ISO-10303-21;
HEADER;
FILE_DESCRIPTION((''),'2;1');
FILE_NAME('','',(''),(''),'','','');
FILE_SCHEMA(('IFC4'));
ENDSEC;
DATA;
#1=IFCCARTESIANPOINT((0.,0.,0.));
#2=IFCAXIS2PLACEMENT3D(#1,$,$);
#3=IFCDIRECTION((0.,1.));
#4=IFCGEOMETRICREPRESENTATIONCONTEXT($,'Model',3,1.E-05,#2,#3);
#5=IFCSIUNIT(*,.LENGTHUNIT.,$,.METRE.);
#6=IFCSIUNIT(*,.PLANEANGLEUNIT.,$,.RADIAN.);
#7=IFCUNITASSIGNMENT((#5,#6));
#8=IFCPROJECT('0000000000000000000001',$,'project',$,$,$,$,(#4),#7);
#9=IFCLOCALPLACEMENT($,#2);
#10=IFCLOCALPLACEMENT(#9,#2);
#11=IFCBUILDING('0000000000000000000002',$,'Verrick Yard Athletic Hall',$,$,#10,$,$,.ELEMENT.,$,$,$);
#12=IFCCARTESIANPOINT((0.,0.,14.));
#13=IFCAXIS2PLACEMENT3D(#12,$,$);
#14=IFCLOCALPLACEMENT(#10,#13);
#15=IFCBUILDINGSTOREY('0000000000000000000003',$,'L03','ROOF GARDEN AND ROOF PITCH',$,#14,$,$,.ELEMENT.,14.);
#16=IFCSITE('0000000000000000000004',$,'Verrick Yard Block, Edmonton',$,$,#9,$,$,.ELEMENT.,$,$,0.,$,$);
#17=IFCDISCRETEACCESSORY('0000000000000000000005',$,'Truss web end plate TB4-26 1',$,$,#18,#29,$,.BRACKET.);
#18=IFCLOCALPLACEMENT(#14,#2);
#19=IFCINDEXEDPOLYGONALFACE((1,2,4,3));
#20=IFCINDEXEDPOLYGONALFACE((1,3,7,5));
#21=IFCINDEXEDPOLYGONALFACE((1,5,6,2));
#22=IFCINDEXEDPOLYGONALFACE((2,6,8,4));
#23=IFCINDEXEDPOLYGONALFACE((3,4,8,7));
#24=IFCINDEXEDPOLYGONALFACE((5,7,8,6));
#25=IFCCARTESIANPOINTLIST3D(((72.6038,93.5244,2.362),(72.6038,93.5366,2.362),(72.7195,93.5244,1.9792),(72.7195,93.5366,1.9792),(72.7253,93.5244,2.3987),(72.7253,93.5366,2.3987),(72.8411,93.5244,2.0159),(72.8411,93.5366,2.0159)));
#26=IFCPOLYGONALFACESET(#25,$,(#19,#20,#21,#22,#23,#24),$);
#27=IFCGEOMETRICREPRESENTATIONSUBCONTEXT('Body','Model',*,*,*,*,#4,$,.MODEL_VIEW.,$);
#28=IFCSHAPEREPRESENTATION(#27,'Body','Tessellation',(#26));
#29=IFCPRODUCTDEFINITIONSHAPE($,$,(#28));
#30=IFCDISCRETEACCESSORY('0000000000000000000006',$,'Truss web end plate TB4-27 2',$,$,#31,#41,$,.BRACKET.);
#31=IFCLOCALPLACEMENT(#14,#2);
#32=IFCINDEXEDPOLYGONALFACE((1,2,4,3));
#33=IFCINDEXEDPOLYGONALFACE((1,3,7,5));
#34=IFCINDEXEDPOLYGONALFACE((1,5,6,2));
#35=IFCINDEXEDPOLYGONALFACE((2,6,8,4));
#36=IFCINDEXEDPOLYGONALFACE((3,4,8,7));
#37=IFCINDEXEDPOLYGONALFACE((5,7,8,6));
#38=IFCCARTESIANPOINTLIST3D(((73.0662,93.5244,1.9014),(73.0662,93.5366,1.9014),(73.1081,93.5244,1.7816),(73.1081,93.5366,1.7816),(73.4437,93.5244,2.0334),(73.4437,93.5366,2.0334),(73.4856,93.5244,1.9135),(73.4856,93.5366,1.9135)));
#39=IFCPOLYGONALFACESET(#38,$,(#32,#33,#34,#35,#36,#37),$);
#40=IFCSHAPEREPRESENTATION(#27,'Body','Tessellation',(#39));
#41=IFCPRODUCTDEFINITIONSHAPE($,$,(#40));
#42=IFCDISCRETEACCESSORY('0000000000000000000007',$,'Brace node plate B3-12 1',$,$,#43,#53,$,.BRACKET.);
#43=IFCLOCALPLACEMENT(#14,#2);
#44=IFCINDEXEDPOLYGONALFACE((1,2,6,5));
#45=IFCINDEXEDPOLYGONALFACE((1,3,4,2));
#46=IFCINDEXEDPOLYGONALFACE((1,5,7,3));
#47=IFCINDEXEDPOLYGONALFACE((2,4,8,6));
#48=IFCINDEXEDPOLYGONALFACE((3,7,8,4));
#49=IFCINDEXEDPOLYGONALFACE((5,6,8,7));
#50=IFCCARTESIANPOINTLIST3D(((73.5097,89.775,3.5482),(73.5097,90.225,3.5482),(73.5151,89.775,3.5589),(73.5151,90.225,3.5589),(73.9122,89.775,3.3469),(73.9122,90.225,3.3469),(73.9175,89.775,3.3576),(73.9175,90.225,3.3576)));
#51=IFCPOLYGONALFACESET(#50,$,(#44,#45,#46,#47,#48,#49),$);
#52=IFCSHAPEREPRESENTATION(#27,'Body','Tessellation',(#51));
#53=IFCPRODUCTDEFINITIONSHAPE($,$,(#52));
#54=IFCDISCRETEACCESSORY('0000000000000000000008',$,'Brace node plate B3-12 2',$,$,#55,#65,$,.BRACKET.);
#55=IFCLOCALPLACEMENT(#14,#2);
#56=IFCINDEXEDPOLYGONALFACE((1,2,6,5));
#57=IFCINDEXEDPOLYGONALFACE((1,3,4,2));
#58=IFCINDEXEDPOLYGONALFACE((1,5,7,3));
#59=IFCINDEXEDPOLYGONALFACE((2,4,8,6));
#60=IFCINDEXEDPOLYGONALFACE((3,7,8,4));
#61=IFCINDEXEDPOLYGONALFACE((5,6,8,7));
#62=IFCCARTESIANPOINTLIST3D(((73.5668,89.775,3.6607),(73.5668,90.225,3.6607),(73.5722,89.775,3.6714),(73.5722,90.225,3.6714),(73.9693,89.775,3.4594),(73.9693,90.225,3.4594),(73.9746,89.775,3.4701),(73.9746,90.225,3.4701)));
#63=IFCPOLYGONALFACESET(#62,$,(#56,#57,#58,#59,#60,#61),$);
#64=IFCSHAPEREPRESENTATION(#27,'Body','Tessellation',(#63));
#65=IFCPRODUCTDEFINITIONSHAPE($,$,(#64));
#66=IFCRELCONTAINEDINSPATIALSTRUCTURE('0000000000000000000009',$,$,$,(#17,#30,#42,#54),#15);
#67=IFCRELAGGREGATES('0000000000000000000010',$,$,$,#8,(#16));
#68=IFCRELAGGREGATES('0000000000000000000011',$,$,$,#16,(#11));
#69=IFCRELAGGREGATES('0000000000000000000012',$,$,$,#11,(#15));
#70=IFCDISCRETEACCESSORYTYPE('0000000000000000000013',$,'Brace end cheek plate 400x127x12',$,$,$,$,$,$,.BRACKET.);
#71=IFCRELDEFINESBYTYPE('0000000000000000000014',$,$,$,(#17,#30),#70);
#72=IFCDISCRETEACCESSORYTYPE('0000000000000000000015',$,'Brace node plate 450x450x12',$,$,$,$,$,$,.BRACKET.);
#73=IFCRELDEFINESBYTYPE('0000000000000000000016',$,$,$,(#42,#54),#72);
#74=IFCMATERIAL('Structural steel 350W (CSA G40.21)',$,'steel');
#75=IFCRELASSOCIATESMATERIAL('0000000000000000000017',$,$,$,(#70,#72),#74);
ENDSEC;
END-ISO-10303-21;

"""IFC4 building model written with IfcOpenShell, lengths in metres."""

from ifc_helpers import new_model, si_unit, direction, frame, origin, origin_2d, place, context, subcontext, project, spatial, rectangle, extrude, material, material_profile, profile_set, type_object, element, save


model = new_model("IFC4")

# Units and contexts
model_context = context("Model", 3, precision=1e-05, world=origin(), true_north=direction((0.0, 1.0)))
body_context = subcontext(model_context, "Body", "Model", "MODEL_VIEW")
ifc_project = project(units=[si_unit("LENGTHUNIT", "METRE"), si_unit("PLANEANGLEUNIT", "RADIAN")], contexts=[model_context])

# Site, building, storey
site_placement = place(None, origin())
site = spatial("IfcSite", under=ifc_project, at=site_placement, Name="Verrick Yard Block, Edmonton", CompositionType="ELEMENT", RefElevation=0.0)
building_placement = place(site_placement, origin())
building = spatial("IfcBuilding", under=site, at=building_placement, Name="Verrick Yard Athletic Hall", CompositionType="ELEMENT")
storey_placement = place(building_placement, frame((0.0, 0.0, 14.0)))
storey = spatial("IfcBuildingStorey", under=building, at=storey_placement, Name="L03", Description="ROOF GARDEN AND ROOF PITCH", CompositionType="ELEMENT", Elevation=14.0)

# Discrete accessories
ifc_material_1 = material(Name="Structural steel 350W (CSA G40.21)", Category="steel")
ifc_material_profile_1 = material_profile(ifc_material_1, rectangle(XDim=0.3999, YDim=0.127, at=origin_2d()), Name="Brace end cheek plate")
ifc_profile_set_1 = profile_set([ifc_material_profile_1], Name="Structural steel 350W (CSA G40.21)")
discrete_accessory_type_1 = type_object("IfcDiscreteAccessoryType", Name="Brace end cheek plate 400x127x12", PredefinedType="BRACKET", material=ifc_profile_set_1)
for number, where, z_axis, x_axis, name in (
    (1, (72.7224, 93.5366, 2.189), (0.0, -1.0, 0.0), (-0.289473, 0.0, 0.957186), "Truss web end plate TB4-26 1"),
    (2, (73.2759, 93.5366, 1.9075), (0.0, -1.0, 0.0), (0.944026, 0.0, 0.329872), "Truss web end plate TB4-27 2"),
):
    element("IfcDiscreteAccessory", number, at=place(storey_placement, frame(where, z_axis=z_axis, x_axis=x_axis)), inside=storey, type_object=discrete_accessory_type_1, Name=name, PredefinedType="BRACKET", context=body_context, shape_type="SweptSolid", body=[
        extrude(rectangle(XDim=0.3999, YDim=0.127, at=origin_2d()), origin(), (0.0, 0.0, 1.0), 0.0122),
    ])
ifc_material_profile_2 = material_profile(ifc_material_1, rectangle(XDim=0.45, YDim=0.45, at=origin_2d()), Name="Brace node plate")
ifc_profile_set_2 = profile_set([ifc_material_profile_2], Name="Structural steel 350W (CSA G40.21)")
discrete_accessory_type_2 = type_object("IfcDiscreteAccessoryType", Name="Brace node plate 450x450x12", PredefinedType="BRACKET", material=ifc_profile_set_2)
for number, where, z_axis, x_axis, name in (
    (3, (73.7163, 90.0, 3.4583), (-0.447214, 0.0, -0.894427), (0.0, -1.0, 0.0), "Brace node plate B3-12 1"),
    (4, (73.7681, 90.0, 3.5601), (0.447214, 0.0, 0.894427), (0.0, 1.0, 0.0), "Brace node plate B3-12 2"),
):
    element("IfcDiscreteAccessory", number, at=place(storey_placement, frame(where, z_axis=z_axis, x_axis=x_axis)), inside=storey, type_object=discrete_accessory_type_2, Name=name, PredefinedType="BRACKET", context=body_context, shape_type="SweptSolid", body=[
        extrude(rectangle(XDim=0.45, YDim=0.45, at=origin_2d()), origin(), (0.0, 0.0, 1.0), 0.012),
    ])

save(model, "model.ifc")
